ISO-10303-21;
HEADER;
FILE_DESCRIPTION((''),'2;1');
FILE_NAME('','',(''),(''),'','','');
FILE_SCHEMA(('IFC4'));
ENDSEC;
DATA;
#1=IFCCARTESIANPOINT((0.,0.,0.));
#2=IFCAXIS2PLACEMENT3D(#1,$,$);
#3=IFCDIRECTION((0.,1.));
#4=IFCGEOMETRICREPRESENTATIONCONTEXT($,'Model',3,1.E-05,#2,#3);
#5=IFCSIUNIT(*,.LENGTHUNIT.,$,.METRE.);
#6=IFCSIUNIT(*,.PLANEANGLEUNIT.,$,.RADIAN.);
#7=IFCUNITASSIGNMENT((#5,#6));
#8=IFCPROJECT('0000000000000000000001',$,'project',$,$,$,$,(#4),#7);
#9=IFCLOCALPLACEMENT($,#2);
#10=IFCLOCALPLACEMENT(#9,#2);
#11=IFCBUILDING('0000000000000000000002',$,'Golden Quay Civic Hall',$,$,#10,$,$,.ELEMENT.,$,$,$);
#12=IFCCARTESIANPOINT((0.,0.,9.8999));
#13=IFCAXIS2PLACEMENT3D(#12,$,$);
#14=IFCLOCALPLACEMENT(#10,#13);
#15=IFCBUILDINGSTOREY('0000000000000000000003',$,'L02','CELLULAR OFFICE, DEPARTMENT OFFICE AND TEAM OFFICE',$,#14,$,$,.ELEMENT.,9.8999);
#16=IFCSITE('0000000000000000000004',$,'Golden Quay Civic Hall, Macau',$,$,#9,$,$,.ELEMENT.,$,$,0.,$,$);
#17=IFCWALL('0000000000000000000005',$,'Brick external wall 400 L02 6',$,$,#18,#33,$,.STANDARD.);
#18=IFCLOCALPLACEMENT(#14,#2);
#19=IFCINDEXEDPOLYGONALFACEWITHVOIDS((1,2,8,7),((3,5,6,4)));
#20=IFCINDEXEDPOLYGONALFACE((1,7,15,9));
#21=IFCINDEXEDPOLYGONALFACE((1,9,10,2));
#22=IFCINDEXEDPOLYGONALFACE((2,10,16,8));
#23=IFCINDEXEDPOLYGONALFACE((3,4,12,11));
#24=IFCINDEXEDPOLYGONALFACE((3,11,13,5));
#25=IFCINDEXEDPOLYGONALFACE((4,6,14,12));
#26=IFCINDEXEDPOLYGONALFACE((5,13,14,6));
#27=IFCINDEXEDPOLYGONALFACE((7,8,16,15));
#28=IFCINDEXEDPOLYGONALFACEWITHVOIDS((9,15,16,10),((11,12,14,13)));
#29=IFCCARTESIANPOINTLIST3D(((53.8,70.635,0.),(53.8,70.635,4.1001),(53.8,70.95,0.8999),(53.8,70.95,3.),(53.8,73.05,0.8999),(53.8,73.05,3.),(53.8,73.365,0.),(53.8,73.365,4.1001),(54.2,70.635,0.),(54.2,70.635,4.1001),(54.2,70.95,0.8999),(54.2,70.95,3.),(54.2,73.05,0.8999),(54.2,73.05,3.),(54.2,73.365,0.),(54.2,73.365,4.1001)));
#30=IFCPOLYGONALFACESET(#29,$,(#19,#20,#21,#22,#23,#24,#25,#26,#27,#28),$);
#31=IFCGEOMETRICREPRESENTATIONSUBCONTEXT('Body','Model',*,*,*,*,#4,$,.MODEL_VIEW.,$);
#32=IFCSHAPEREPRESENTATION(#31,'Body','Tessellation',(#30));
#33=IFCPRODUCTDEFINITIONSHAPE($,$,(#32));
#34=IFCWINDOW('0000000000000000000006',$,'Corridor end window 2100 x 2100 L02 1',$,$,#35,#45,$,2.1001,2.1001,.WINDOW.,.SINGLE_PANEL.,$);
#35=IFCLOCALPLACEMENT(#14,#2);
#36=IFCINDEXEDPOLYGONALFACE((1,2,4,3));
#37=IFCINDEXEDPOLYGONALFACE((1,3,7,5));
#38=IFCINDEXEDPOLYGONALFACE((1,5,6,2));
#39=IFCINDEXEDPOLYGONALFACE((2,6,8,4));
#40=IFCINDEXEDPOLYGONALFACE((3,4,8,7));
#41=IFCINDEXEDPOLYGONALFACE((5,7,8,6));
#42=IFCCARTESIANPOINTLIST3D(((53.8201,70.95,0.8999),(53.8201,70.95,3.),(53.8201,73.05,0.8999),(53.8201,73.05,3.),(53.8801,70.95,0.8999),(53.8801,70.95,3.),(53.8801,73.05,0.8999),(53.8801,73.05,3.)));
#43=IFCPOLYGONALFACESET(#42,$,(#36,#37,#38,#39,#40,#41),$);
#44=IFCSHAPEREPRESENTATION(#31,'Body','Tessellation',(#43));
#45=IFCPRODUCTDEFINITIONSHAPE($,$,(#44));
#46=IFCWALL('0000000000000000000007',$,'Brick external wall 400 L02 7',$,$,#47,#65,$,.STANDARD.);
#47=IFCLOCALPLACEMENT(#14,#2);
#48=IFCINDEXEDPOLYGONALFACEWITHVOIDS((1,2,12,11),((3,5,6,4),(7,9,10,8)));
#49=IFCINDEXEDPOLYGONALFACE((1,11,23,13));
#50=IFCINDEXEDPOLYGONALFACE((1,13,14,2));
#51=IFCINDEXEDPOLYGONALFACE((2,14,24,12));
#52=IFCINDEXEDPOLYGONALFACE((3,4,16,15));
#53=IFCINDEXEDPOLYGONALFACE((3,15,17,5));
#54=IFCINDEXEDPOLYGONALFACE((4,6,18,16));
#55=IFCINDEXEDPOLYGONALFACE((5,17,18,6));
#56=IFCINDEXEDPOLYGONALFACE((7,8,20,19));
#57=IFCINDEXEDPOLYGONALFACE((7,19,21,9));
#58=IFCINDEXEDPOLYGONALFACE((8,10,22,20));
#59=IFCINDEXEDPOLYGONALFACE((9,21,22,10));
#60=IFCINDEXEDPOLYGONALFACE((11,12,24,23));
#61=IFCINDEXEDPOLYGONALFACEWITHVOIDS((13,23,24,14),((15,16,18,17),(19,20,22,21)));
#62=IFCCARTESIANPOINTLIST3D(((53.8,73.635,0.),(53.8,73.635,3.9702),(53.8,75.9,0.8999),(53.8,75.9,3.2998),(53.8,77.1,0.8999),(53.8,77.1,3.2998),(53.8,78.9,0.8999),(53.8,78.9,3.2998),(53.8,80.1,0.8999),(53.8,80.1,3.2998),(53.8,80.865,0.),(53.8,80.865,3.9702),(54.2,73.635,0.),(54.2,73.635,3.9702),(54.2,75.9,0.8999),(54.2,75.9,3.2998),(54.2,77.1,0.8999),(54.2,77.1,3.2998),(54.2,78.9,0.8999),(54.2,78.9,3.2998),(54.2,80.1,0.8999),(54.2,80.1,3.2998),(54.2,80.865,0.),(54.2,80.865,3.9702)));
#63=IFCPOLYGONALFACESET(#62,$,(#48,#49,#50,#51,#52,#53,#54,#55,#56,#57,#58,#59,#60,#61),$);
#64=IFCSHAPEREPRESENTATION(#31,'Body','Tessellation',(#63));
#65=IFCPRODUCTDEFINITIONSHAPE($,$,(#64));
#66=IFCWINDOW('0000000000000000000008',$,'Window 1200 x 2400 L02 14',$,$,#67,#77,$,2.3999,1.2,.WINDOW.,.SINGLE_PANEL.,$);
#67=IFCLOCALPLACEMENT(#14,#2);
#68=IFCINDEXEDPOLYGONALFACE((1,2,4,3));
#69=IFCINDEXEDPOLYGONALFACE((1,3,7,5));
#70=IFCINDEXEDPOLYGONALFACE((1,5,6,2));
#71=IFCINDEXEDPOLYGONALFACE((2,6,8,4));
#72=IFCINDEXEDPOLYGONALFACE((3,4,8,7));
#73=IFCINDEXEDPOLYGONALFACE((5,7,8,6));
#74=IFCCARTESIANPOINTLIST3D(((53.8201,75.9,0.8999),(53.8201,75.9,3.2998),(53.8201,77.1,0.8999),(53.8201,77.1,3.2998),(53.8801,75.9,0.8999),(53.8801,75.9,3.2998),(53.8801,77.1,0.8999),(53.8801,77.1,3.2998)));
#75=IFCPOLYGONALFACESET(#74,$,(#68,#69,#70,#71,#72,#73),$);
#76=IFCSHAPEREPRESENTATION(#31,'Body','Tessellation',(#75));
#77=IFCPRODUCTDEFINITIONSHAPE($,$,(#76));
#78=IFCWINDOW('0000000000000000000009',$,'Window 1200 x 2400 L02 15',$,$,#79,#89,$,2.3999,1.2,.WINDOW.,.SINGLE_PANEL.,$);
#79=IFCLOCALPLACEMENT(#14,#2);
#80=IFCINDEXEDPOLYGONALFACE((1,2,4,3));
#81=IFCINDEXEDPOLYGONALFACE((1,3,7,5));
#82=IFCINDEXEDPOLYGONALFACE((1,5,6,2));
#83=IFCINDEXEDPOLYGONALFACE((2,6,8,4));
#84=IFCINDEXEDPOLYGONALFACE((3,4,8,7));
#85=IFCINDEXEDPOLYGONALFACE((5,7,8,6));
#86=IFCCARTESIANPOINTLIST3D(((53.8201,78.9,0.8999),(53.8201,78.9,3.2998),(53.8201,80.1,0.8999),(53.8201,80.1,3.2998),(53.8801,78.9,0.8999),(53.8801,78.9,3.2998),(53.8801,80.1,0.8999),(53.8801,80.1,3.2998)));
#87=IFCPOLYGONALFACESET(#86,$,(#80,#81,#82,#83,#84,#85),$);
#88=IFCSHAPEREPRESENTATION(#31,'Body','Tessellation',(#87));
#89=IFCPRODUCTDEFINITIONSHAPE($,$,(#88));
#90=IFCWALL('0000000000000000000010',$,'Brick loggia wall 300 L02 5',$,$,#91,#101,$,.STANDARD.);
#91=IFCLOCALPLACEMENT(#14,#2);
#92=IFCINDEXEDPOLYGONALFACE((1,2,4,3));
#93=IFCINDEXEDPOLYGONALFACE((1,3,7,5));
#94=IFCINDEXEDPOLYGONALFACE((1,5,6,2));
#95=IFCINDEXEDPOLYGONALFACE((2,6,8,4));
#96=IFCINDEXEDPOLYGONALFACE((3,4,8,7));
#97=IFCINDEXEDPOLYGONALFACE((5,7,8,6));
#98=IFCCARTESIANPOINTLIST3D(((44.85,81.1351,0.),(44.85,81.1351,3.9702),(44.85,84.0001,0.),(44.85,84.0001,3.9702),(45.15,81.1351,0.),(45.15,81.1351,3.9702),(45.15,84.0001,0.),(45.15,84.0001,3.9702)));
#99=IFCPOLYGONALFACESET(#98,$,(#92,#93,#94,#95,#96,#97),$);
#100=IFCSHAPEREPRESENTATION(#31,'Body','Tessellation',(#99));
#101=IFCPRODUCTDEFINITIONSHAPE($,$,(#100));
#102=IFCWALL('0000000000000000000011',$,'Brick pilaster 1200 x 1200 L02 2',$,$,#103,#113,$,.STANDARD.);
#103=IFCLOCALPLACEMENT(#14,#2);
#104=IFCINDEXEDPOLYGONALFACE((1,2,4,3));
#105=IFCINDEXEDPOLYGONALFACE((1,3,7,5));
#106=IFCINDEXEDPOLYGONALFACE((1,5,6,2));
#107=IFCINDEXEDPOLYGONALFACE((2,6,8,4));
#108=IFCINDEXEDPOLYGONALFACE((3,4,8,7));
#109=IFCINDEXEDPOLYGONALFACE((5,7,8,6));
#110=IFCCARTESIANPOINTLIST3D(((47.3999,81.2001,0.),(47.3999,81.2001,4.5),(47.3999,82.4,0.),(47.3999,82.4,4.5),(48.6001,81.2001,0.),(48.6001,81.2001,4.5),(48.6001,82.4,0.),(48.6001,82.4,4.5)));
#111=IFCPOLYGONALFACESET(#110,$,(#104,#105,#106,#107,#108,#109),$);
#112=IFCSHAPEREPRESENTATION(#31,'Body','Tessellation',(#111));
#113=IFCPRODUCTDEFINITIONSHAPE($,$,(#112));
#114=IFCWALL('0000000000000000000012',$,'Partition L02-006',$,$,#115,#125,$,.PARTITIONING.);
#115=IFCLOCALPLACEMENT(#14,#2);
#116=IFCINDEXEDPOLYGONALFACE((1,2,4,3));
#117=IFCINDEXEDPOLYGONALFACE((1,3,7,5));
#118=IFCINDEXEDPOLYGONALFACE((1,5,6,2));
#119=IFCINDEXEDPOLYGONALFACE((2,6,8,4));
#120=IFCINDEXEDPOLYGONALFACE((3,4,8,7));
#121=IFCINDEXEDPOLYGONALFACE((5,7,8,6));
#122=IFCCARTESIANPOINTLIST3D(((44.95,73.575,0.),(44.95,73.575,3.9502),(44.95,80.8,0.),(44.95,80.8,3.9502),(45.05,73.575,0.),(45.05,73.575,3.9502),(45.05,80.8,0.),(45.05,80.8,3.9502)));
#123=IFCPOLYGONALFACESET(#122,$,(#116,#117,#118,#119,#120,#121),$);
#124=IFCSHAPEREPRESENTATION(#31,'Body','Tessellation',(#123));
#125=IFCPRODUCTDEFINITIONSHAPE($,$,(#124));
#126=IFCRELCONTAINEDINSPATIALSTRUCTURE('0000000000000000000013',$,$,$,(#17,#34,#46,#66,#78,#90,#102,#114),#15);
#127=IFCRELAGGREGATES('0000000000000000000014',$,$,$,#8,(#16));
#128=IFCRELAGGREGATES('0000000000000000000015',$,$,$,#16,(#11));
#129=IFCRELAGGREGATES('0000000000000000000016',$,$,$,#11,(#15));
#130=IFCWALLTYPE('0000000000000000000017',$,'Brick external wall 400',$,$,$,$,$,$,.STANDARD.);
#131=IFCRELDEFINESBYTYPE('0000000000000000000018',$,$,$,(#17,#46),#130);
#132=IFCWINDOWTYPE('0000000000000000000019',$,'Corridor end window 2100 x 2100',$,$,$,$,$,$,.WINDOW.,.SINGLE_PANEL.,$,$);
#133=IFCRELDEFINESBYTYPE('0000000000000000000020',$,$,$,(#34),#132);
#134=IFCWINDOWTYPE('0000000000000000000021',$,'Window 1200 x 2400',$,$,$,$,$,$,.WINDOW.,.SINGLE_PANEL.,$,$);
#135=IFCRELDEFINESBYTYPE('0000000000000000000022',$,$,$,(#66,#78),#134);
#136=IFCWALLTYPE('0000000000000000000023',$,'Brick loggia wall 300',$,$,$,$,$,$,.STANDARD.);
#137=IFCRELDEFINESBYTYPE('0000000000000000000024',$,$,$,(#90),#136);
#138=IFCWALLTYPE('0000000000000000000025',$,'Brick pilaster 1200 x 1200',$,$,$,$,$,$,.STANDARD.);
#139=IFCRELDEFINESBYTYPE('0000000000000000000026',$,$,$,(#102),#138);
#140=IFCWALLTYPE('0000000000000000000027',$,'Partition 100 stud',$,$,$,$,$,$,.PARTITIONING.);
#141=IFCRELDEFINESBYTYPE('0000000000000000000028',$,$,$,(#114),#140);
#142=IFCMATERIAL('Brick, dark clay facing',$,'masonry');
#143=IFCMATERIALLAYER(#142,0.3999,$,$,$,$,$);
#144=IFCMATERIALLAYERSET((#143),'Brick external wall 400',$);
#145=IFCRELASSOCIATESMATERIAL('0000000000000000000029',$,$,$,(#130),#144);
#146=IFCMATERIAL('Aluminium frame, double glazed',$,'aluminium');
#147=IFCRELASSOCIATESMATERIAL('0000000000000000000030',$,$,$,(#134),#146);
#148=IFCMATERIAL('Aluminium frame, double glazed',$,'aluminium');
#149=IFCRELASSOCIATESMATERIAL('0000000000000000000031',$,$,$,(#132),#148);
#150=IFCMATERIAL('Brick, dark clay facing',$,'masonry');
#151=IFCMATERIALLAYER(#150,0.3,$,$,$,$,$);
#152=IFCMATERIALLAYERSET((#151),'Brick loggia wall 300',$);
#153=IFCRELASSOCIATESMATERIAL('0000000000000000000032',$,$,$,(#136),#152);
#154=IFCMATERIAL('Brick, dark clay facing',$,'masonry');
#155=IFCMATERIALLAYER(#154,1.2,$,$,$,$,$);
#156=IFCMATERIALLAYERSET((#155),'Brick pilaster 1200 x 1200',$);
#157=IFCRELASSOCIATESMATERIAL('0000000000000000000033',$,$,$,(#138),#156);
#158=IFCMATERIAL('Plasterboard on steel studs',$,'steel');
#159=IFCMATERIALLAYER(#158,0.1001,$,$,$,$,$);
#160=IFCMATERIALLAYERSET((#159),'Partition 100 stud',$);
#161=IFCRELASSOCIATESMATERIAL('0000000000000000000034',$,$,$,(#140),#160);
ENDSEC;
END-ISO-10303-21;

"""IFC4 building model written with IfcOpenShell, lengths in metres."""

from ifc_helpers import new_model, si_unit, direction, frame, frame_2d, origin, place, context, subcontext, project, spatial, rectangle, extrude, material, layer, layer_set, type_object, element, fill, save


model = new_model("IFC4")

# Units and contexts
model_context = context("Model", 3, precision=1e-05, world=origin(), true_north=direction((0.0, 1.0)))
body_context = subcontext(model_context, "Body", "Model", "MODEL_VIEW")
ifc_project = project(units=[si_unit("LENGTHUNIT", "METRE"), si_unit("PLANEANGLEUNIT", "RADIAN")], contexts=[model_context])

# Site, building, storey
site_placement = place(None, origin())
site = spatial("IfcSite", under=ifc_project, at=site_placement, Name="Golden Quay Civic Hall, Macau", CompositionType="ELEMENT", RefElevation=0.0)
building_placement = place(site_placement, origin())
building = spatial("IfcBuilding", under=site, at=building_placement, Name="Golden Quay Civic Hall", CompositionType="ELEMENT")
storey_placement = place(building_placement, frame((0.0, 0.0, 9.8999)))
storey = spatial("IfcBuildingStorey", under=building, at=storey_placement, Name="L02", Description="CELLULAR OFFICE, DEPARTMENT OFFICE AND TEAM OFFICE", CompositionType="ELEMENT", Elevation=9.8999)

# Shared definitions
ifc_material_1 = material(Name="Brick, dark clay facing", Category="masonry")
ifc_layer_1 = layer(ifc_material_1, 0.3999)
ifc_layer_set_1 = layer_set([ifc_layer_1], Name="Brick external wall 400")
wall_type_1 = type_object("IfcWallType", Name="Brick external wall 400", PredefinedType="STANDARD", material=ifc_layer_set_1)
ifc_material_2 = material(Name="Aluminium frame, double glazed", Category="aluminium")
window_type_1 = type_object("IfcWindowType", Name="Window 1200 x 2400", PartitioningType="SINGLE_PANEL", PredefinedType="WINDOW", material=ifc_material_2)

# Wall, opening, window
wall_1_placement = place(storey_placement, frame((54.0, 73.365, 0.0), z_axis=(0.0, 0.0, 1.0), x_axis=(0.0, -1.0, 0.0)))
wall_1 = element("IfcWall", 1, at=wall_1_placement, inside=storey, type_object=wall_type_1, Name="Brick external wall 400 L02 6", PredefinedType="STANDARD", context=body_context, shape_type="SweptSolid", body=[
    extrude(rectangle(XDim=2.73, YDim=0.3999, at=frame_2d((1.365, 0.0))), origin(), (0.0, 0.0, 1.0), 4.1001),
])
opening_1_placement = place(wall_1_placement, frame((0.3149, 0.0, 0.8999)))
opening_1 = element("IfcOpeningElement", 2, at=opening_1_placement, cuts=wall_1, PredefinedType="OPENING", context=body_context, shape_type="SweptSolid", body=[
    extrude(rectangle(XDim=2.1001, YDim=2.1001, at=frame_2d((1.05, 1.05))), frame((0.0, 0.21, 0.0), z_axis=(0.0, -1.0, 0.0), x_axis=(1.0, 0.0, 0.0)), (0.0, 0.0, 1.0), 0.4199),
])
ifc_material_3 = material(Name="Aluminium frame, double glazed", Category="aluminium")
window_type_2 = type_object("IfcWindowType", Name="Corridor end window 2100 x 2100", PartitioningType="SINGLE_PANEL", PredefinedType="WINDOW", material=ifc_material_3)
window_1_placement = place(opening_1_placement, origin())
window_1 = element("IfcWindow", 3, at=window_1_placement, inside=storey, type_object=window_type_2, Name="Corridor end window 2100 x 2100 L02 1", OverallHeight=2.1001, OverallWidth=2.1001, PartitioningType="SINGLE_PANEL", PredefinedType="WINDOW", context=body_context, shape_type="SweptSolid", body=[
    extrude(rectangle(XDim=2.1001, YDim=2.1001, at=frame_2d((1.05, 1.05))), frame((0.0, -0.1199, 0.0), z_axis=(0.0, -1.0, 0.0), x_axis=(1.0, 0.0, 0.0)), (0.0, 0.0, 1.0), 0.0601),
])
fill(opening_1, window_1)

# Wall, openings, windows
wall_2_placement = place(storey_placement, frame((54.0, 80.865, 0.0), z_axis=(0.0, 0.0, 1.0), x_axis=(0.0, -1.0, 0.0)))
wall_2 = element("IfcWall", 4, at=wall_2_placement, inside=storey, type_object=wall_type_1, Name="Brick external wall 400 L02 7", PredefinedType="STANDARD", context=body_context, shape_type="SweptSolid", body=[
    extrude(rectangle(XDim=7.23, YDim=0.3999, at=frame_2d((3.615, 0.0))), origin(), (0.0, 0.0, 1.0), 3.9702),
])
opening_2_placement = place(wall_2_placement, frame((3.7649, 0.0, 0.8999)))
opening_2 = element("IfcOpeningElement", 5, at=opening_2_placement, cuts=wall_2, PredefinedType="OPENING", context=body_context, shape_type="SweptSolid", body=[
    extrude(rectangle(XDim=1.2, YDim=2.3999, at=frame_2d((0.6001, 1.2))), frame((0.0, 0.21, 0.0), z_axis=(0.0, -1.0, 0.0), x_axis=(1.0, 0.0, 0.0)), (0.0, 0.0, 1.0), 0.4199),
])
opening_3_placement = place(wall_2_placement, frame((0.7649, 0.0, 0.8999)))
opening_3 = element("IfcOpeningElement", 6, at=opening_3_placement, cuts=wall_2, PredefinedType="OPENING", context=body_context, shape_type="SweptSolid", body=[
    extrude(rectangle(XDim=1.2, YDim=2.3999, at=frame_2d((0.6001, 1.2))), frame((0.0, 0.21, 0.0), z_axis=(0.0, -1.0, 0.0), x_axis=(1.0, 0.0, 0.0)), (0.0, 0.0, 1.0), 0.4199),
])
window_2_placement = place(opening_2_placement, origin())
window_2 = element("IfcWindow", 7, at=window_2_placement, inside=storey, type_object=window_type_1, Name="Window 1200 x 2400 L02 14", OverallHeight=2.3999, OverallWidth=1.2, PartitioningType="SINGLE_PANEL", PredefinedType="WINDOW", context=body_context, shape_type="SweptSolid", body=[
    extrude(rectangle(XDim=1.2, YDim=2.3999, at=frame_2d((0.6001, 1.2))), frame((0.0, -0.1199, 0.0), z_axis=(0.0, -1.0, 0.0), x_axis=(1.0, 0.0, 0.0)), (0.0, 0.0, 1.0), 0.0601),
])
fill(opening_2, window_2)
window_3_placement = place(opening_3_placement, origin())
window_3 = element("IfcWindow", 8, at=window_3_placement, inside=storey, type_object=window_type_1, Name="Window 1200 x 2400 L02 15", OverallHeight=2.3999, OverallWidth=1.2, PartitioningType="SINGLE_PANEL", PredefinedType="WINDOW", context=body_context, shape_type="SweptSolid", body=[
    extrude(rectangle(XDim=1.2, YDim=2.3999, at=frame_2d((0.6001, 1.2))), frame((0.0, -0.1199, 0.0), z_axis=(0.0, -1.0, 0.0), x_axis=(1.0, 0.0, 0.0)), (0.0, 0.0, 1.0), 0.0601),
])
fill(opening_3, window_3)

# Walls
ifc_material_4 = material(Name="Brick, dark clay facing", Category="masonry")
ifc_layer_2 = layer(ifc_material_4, 0.3)
ifc_layer_set_2 = layer_set([ifc_layer_2], Name="Brick loggia wall 300")
wall_type_2 = type_object("IfcWallType", Name="Brick loggia wall 300", PredefinedType="STANDARD", material=ifc_layer_set_2)
wall_3_placement = place(storey_placement, frame((45.0, 81.135, 0.0), z_axis=(0.0, 0.0, 1.0), x_axis=(0.0, 1.0, 0.0)))
element("IfcWall", 9, at=wall_3_placement, inside=storey, type_object=wall_type_2, Name="Brick loggia wall 300 L02 5", PredefinedType="STANDARD", context=body_context, shape_type="SweptSolid", body=[
    extrude(rectangle(XDim=2.865, YDim=0.3, at=frame_2d((1.4326, 0.0))), origin(), (0.0, 0.0, 1.0), 3.9702),
])
ifc_material_5 = material(Name="Brick, dark clay facing", Category="masonry")
ifc_layer_3 = layer(ifc_material_5, 1.2)
ifc_layer_set_3 = layer_set([ifc_layer_3], Name="Brick pilaster 1200 x 1200")
wall_type_3 = type_object("IfcWallType", Name="Brick pilaster 1200 x 1200", PredefinedType="STANDARD", material=ifc_layer_set_3)
wall_4_placement = place(storey_placement, frame((47.3999, 81.8, 0.0), z_axis=(0.0, 0.0, 1.0), x_axis=(1.0, 0.0, 0.0)))
element("IfcWall", 10, at=wall_4_placement, inside=storey, type_object=wall_type_3, Name="Brick pilaster 1200 x 1200 L02 2", PredefinedType="STANDARD", context=body_context, shape_type="SweptSolid", body=[
    extrude(rectangle(XDim=1.2002, YDim=1.2, at=frame_2d((0.6001, 0.0))), origin(), (0.0, 0.0, 1.0), 4.5),
])
ifc_material_6 = material(Name="Plasterboard on steel studs", Category="steel")
ifc_layer_4 = layer(ifc_material_6, 0.1001)
ifc_layer_set_4 = layer_set([ifc_layer_4], Name="Partition 100 stud")
wall_type_4 = type_object("IfcWallType", Name="Partition 100 stud", PredefinedType="PARTITIONING", material=ifc_layer_set_4)
wall_5_placement = place(storey_placement, frame((45.0, 73.575, 0.0), z_axis=(0.0, 0.0, 1.0), x_axis=(0.0, 1.0, 0.0)))
element("IfcWall", 11, at=wall_5_placement, inside=storey, type_object=wall_type_4, Name="Partition L02-006", PredefinedType="PARTITIONING", context=body_context, shape_type="SweptSolid", body=[
    extrude(rectangle(XDim=7.2251, YDim=0.1001, at=frame_2d((3.6125, 0.0))), origin(), (0.0, 0.0, 1.0), 3.9502),
])

save(model, "model.ifc")
